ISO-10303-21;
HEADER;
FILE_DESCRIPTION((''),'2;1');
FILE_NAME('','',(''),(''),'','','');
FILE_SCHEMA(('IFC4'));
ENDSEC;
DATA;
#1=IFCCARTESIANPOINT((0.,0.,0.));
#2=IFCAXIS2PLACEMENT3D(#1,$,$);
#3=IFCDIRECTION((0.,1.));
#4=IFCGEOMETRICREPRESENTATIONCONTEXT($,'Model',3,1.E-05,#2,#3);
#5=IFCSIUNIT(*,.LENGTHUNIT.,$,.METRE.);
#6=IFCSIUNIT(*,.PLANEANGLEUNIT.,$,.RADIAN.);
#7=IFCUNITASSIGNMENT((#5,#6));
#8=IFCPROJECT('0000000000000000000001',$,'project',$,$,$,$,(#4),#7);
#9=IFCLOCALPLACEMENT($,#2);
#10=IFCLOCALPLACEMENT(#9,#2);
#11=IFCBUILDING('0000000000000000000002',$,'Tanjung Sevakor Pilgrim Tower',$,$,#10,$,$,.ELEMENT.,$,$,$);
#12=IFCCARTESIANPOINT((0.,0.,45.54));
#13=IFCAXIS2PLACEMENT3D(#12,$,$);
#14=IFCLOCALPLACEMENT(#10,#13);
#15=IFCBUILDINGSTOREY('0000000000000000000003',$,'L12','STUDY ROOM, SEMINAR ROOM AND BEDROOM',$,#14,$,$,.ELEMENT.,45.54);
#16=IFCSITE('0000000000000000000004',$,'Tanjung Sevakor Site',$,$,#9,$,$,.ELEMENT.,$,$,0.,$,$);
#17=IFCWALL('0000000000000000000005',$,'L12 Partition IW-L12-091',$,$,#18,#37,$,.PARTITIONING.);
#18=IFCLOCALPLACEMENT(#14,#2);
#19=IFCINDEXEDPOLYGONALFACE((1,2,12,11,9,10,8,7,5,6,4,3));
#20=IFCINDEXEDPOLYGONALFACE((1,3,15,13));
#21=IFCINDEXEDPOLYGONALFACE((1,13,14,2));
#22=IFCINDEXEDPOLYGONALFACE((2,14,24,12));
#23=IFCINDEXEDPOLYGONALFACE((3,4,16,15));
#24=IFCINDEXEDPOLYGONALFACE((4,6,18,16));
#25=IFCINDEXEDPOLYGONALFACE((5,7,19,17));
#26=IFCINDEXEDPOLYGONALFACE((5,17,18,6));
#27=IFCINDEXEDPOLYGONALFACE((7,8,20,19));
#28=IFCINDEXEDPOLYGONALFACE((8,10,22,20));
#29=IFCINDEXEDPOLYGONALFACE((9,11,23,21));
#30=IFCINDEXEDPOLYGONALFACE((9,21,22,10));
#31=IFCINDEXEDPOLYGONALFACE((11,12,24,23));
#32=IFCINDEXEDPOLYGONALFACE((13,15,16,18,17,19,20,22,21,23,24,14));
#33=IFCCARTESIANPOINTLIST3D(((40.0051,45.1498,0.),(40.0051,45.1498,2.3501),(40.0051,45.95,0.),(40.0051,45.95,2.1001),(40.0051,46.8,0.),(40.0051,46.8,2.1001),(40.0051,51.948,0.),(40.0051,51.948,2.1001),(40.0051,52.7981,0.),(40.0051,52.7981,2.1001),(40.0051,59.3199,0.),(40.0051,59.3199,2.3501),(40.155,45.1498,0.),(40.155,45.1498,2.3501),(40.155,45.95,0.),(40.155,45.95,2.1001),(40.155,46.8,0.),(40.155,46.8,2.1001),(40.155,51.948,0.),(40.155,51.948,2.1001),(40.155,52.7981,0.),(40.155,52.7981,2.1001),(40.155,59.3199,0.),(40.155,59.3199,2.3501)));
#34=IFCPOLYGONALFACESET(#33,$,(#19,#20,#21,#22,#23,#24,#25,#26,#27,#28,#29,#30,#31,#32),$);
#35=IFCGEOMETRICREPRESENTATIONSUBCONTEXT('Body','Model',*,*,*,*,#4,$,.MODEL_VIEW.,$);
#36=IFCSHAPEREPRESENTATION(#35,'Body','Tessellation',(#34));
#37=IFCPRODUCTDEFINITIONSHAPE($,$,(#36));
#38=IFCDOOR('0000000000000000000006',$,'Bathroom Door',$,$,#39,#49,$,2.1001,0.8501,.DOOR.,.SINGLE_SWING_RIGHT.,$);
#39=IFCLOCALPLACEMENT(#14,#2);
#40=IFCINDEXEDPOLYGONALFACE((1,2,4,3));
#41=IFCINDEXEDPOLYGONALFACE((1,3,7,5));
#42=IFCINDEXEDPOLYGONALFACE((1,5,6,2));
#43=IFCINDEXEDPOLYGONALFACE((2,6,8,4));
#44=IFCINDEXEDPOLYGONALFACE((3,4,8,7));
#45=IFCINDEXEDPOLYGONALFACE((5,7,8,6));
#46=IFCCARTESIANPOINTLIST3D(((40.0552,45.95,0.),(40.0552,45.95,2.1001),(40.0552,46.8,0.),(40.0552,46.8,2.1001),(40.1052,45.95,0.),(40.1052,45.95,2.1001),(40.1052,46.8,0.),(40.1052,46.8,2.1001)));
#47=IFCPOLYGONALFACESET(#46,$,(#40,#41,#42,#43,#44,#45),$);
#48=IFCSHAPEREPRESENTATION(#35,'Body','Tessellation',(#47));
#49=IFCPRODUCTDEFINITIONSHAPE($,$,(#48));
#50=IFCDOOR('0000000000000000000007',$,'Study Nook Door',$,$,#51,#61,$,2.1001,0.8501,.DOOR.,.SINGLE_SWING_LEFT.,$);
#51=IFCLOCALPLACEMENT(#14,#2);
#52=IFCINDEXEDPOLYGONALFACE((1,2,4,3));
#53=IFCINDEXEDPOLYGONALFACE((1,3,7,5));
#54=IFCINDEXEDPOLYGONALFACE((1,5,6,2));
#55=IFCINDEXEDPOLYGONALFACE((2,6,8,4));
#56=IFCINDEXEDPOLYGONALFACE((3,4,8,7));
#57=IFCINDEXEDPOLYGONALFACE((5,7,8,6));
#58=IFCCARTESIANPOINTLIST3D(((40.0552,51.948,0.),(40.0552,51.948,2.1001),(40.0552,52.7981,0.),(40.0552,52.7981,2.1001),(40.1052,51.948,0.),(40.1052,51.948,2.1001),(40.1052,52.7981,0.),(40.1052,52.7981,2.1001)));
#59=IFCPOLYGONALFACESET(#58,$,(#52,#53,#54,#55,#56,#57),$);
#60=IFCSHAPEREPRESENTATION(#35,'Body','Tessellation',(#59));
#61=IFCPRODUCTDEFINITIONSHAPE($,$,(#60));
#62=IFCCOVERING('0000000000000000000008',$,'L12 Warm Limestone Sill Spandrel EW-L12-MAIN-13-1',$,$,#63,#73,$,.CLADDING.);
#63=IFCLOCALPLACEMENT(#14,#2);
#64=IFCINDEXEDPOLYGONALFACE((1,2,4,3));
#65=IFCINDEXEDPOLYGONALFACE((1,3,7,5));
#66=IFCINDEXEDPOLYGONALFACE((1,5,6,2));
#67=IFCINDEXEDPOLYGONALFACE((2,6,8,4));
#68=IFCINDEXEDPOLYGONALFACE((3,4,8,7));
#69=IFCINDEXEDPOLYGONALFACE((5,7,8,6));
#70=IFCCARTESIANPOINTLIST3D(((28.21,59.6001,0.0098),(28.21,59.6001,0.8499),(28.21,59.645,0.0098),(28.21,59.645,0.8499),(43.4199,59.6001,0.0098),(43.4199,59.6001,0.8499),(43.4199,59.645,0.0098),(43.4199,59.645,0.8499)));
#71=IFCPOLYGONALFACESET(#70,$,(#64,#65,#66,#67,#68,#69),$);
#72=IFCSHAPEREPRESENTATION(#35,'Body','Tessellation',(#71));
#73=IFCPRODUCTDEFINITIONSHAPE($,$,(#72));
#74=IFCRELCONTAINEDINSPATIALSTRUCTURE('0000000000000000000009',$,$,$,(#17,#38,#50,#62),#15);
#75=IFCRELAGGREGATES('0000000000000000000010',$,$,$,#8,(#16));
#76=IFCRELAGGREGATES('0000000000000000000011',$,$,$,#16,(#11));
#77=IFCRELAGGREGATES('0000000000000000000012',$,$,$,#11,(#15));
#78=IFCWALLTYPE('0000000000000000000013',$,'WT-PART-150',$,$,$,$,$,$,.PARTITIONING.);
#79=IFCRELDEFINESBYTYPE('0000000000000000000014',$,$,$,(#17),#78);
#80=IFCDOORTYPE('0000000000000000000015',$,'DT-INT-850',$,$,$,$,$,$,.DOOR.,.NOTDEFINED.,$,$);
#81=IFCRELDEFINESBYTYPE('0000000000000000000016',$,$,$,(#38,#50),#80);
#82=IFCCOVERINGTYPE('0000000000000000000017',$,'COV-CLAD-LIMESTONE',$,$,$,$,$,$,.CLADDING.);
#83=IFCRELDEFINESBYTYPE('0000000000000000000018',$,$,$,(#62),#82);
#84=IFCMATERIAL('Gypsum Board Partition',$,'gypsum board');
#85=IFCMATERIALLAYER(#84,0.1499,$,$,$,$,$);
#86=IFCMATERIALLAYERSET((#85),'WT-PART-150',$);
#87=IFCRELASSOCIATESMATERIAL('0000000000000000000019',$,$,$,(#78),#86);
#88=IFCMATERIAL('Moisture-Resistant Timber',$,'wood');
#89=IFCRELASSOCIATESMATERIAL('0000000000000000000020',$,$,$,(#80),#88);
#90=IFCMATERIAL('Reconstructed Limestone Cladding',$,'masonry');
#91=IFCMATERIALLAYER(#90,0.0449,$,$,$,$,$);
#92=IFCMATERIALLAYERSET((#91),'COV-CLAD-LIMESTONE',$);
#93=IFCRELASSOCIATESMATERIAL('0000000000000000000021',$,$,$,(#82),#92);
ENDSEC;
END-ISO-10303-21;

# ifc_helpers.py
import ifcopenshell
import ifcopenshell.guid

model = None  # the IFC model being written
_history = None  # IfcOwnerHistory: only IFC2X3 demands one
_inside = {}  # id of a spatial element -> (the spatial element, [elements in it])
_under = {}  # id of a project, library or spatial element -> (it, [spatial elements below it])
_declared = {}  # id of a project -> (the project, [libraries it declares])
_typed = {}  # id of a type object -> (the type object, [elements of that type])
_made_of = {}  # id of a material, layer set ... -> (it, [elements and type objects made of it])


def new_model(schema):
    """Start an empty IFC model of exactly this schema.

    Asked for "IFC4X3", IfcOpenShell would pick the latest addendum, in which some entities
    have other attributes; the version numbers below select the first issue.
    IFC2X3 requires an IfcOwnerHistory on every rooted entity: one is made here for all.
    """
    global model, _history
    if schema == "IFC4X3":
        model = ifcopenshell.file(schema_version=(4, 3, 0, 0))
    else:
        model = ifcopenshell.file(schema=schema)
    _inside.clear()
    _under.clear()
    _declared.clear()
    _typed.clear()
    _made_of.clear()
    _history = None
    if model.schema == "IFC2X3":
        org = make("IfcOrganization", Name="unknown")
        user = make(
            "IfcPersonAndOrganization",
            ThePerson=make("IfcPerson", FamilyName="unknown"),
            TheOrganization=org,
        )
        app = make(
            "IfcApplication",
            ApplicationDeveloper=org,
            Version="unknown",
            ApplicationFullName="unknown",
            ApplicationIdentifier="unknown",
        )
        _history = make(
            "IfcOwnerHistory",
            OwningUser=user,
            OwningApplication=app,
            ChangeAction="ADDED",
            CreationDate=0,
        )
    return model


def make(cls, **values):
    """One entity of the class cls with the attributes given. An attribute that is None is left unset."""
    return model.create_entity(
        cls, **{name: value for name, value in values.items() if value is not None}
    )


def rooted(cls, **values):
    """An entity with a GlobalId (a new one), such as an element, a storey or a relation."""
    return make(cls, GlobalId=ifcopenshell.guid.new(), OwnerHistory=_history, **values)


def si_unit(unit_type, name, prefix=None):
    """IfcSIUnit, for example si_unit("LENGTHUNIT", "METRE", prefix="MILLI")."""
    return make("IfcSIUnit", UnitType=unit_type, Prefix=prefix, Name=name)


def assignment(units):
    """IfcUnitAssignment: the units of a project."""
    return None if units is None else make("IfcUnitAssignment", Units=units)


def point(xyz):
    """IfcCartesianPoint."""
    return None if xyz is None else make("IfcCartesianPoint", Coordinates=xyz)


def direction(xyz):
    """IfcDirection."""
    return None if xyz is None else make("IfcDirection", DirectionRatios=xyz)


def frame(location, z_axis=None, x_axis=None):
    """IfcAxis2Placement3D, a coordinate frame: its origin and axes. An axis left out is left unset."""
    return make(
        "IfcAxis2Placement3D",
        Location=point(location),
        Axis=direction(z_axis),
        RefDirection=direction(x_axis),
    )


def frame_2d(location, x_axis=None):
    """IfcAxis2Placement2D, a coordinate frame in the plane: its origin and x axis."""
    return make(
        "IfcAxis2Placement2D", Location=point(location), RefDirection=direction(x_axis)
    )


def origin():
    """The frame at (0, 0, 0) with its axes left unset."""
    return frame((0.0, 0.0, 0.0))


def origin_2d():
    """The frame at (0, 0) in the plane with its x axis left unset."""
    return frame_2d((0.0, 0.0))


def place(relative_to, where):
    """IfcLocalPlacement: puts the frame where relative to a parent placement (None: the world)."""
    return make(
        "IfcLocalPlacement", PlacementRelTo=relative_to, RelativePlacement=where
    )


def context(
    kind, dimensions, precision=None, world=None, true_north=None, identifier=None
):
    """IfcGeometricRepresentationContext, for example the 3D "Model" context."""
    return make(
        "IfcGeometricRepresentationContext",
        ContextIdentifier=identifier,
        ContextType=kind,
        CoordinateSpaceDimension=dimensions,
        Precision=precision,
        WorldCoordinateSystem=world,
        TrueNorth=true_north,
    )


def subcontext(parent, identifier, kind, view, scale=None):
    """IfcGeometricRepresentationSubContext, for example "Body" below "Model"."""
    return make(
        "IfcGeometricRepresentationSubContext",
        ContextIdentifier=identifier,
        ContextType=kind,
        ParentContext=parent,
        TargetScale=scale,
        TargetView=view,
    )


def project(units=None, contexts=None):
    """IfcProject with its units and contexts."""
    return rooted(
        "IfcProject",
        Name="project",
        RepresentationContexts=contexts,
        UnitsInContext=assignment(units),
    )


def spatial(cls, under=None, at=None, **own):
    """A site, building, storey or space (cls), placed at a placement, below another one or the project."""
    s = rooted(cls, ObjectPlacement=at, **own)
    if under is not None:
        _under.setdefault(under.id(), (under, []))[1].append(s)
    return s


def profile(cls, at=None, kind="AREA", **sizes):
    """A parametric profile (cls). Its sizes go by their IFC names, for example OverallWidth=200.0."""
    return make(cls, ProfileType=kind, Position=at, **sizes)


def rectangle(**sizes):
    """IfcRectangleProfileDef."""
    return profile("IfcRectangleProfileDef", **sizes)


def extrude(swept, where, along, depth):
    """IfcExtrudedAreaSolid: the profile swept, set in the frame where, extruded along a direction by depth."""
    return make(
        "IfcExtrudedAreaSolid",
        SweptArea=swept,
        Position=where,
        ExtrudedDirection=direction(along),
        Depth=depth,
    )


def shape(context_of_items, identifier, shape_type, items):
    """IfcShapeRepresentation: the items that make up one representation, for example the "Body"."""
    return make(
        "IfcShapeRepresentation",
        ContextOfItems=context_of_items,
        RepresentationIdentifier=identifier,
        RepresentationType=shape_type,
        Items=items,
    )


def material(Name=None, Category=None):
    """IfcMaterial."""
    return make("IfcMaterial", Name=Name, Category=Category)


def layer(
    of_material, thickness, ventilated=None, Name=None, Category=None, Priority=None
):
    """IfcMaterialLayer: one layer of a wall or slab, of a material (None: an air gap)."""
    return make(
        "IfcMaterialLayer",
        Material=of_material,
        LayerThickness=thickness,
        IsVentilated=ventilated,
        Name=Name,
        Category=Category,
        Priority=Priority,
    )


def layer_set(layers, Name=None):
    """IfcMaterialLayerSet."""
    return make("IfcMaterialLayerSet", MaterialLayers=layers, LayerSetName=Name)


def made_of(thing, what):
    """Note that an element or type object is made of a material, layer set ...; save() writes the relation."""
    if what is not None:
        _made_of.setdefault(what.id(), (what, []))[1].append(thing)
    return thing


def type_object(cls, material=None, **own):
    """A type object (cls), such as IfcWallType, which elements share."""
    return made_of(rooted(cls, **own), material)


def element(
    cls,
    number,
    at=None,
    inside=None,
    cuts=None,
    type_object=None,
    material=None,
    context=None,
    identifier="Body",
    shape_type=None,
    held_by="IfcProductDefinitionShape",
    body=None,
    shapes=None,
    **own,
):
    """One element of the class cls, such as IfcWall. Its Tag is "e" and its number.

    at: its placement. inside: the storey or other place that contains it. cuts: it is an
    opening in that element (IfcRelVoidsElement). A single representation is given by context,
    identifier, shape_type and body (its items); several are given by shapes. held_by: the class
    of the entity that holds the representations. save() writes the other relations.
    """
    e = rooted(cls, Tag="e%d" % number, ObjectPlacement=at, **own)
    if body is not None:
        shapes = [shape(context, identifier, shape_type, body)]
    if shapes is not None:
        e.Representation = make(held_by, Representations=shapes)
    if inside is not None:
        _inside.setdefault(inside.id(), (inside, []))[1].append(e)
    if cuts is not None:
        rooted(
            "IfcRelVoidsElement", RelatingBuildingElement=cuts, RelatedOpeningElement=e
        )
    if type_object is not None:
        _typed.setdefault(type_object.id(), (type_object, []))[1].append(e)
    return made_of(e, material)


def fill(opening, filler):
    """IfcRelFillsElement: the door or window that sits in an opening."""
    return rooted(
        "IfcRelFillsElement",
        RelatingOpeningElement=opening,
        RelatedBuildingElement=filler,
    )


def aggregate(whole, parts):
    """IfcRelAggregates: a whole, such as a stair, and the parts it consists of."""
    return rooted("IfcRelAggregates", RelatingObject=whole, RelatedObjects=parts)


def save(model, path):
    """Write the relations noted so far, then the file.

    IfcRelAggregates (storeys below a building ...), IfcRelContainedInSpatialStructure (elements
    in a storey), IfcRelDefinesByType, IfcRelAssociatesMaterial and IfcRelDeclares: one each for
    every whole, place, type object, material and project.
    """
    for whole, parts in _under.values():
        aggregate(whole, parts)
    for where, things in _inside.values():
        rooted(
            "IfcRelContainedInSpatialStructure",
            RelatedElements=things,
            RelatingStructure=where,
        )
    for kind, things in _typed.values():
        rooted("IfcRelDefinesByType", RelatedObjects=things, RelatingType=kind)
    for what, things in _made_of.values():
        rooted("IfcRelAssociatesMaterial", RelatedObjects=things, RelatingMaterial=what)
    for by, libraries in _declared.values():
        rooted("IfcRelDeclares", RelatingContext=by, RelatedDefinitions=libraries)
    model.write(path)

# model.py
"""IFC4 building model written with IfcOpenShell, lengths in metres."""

from ifc_helpers import new_model, si_unit, direction, frame, frame_2d, origin, origin_2d, place, context, subcontext, project, spatial, rectangle, extrude, material, layer, layer_set, type_object, element, fill, save


model = new_model("IFC4")

# Units and contexts
model_context = context("Model", 3, precision=1e-05, world=origin(), true_north=direction((0.0, 1.0)))
body_context = subcontext(model_context, "Body", "Model", "MODEL_VIEW")
ifc_project = project(units=[si_unit("LENGTHUNIT", "METRE"), si_unit("PLANEANGLEUNIT", "RADIAN")], contexts=[model_context])

# Site, building, storey
site_placement = place(None, origin())
site = spatial("IfcSite", under=ifc_project, at=site_placement, Name="Tanjung Sevakor Site", CompositionType="ELEMENT", RefElevation=0.0)
building_placement = place(site_placement, origin())
building = spatial("IfcBuilding", under=site, at=building_placement, Name="Tanjung Sevakor Pilgrim Tower", CompositionType="ELEMENT")
storey_placement = place(building_placement, frame((0.0, 0.0, 45.54)))
storey = spatial("IfcBuildingStorey", under=building, at=storey_placement, Name="L12", Description="STUDY ROOM, SEMINAR ROOM AND BEDROOM", CompositionType="ELEMENT", Elevation=45.54)

# Shared definitions
ifc_material_1 = material(Name="Gypsum Board Partition", Category="gypsum board")
ifc_layer_1 = layer(ifc_material_1, 0.1499)
ifc_layer_set_1 = layer_set([ifc_layer_1], Name="WT-PART-150")
wall_type_1 = type_object("IfcWallType", Name="WT-PART-150", PredefinedType="PARTITIONING", material=ifc_layer_set_1)

# Wall, openings, doors
wall_1_placement = place(storey_placement, frame((40.0801, 45.1499, 0.0), z_axis=(0.0, 0.0, 1.0), x_axis=(0.0, 1.0, 0.0)))
wall_1 = element("IfcWall", 1, at=wall_1_placement, inside=storey, type_object=wall_type_1, Name="L12 Partition IW-L12-091", PredefinedType="PARTITIONING", context=body_context, shape_type="SweptSolid", body=[
    extrude(rectangle(XDim=14.1702, YDim=0.1499, at=frame_2d((7.085, 0.0))), origin(), (0.0, 0.0, 1.0), 2.3501),
])
opening_1_placement = place(wall_1_placement, frame((0.8, 0.0, 0.0)))
opening_1 = element("IfcOpeningElement", 2, at=opening_1_placement, cuts=wall_1, PredefinedType="OPENING", context=body_context, shape_type="SweptSolid", body=[
    extrude(rectangle(XDim=0.8501, YDim=2.1001, at=frame_2d((0.425, 1.05))), frame((0.0, 0.085, 0.0), z_axis=(0.0, -1.0, 0.0), x_axis=(1.0, 0.0, 0.0)), (0.0, 0.0, 1.0), 0.1699),
])
opening_2_placement = place(wall_1_placement, frame((6.7981, 0.0, 0.0)))
opening_2 = element("IfcOpeningElement", 3, at=opening_2_placement, cuts=wall_1, PredefinedType="OPENING", context=body_context, shape_type="SweptSolid", body=[
    extrude(rectangle(XDim=0.8501, YDim=2.1001, at=frame_2d((0.425, 1.05))), frame((0.0, 0.085, 0.0), z_axis=(0.0, -1.0, 0.0), x_axis=(1.0, 0.0, 0.0)), (0.0, 0.0, 1.0), 0.1699),
])
ifc_material_2 = material(Name="Moisture-Resistant Timber", Category="wood")
door_type_1 = type_object("IfcDoorType", Name="DT-INT-850", OperationType="NOTDEFINED", PredefinedType="DOOR", material=ifc_material_2)
door_1_placement = place(opening_1_placement, origin())
door_1 = element("IfcDoor", 4, at=door_1_placement, inside=storey, type_object=door_type_1, Name="Bathroom Door", OperationType="SINGLE_SWING_RIGHT", OverallHeight=2.1001, OverallWidth=0.8501, PredefinedType="DOOR", context=body_context, shape_type="SweptSolid", body=[
    extrude(rectangle(XDim=0.8501, YDim=2.1001, at=frame_2d((0.425, 1.05))), frame((0.0, 0.0249, 0.0), z_axis=(0.0, -1.0, 0.0), x_axis=(1.0, 0.0, 0.0)), (0.0, 0.0, 1.0), 0.05),
])
fill(opening_1, door_1)
door_2_placement = place(opening_2_placement, origin())
door_2 = element("IfcDoor", 5, at=door_2_placement, inside=storey, type_object=door_type_1, Name="Study Nook Door", OperationType="SINGLE_SWING_LEFT", OverallHeight=2.1001, OverallWidth=0.8501, PredefinedType="DOOR", context=body_context, shape_type="SweptSolid", body=[
    extrude(rectangle(XDim=0.8501, YDim=2.1001, at=frame_2d((0.425, 1.05))), frame((0.0, 0.0249, 0.0), z_axis=(0.0, -1.0, 0.0), x_axis=(1.0, 0.0, 0.0)), (0.0, 0.0, 1.0), 0.05),
])
fill(opening_2, door_2)

# Covering
ifc_material_3 = material(Name="Reconstructed Limestone Cladding", Category="masonry")
ifc_layer_2 = layer(ifc_material_3, 0.0449)
ifc_layer_set_2 = layer_set([ifc_layer_2], Name="COV-CLAD-LIMESTONE")
covering_type = type_object("IfcCoveringType", Name="COV-CLAD-LIMESTONE", PredefinedType="CLADDING", material=ifc_layer_set_2)
covering_placement = place(storey_placement, frame((35.8149, 59.6226, 0.0098), z_axis=(0.0, 0.0, 1.0), x_axis=(-1.0, 0.0, 0.0)))
element("IfcCovering", 6, at=covering_placement, inside=storey, type_object=covering_type, Name="L12 Warm Limestone Sill Spandrel EW-L12-MAIN-13-1", PredefinedType="CLADDING", context=body_context, shape_type="SweptSolid", body=[
    extrude(rectangle(XDim=15.21, YDim=0.0449, at=origin_2d()), origin(), (0.0, 0.0, 1.0), 0.8401),
])

save(model, "model.ifc")
